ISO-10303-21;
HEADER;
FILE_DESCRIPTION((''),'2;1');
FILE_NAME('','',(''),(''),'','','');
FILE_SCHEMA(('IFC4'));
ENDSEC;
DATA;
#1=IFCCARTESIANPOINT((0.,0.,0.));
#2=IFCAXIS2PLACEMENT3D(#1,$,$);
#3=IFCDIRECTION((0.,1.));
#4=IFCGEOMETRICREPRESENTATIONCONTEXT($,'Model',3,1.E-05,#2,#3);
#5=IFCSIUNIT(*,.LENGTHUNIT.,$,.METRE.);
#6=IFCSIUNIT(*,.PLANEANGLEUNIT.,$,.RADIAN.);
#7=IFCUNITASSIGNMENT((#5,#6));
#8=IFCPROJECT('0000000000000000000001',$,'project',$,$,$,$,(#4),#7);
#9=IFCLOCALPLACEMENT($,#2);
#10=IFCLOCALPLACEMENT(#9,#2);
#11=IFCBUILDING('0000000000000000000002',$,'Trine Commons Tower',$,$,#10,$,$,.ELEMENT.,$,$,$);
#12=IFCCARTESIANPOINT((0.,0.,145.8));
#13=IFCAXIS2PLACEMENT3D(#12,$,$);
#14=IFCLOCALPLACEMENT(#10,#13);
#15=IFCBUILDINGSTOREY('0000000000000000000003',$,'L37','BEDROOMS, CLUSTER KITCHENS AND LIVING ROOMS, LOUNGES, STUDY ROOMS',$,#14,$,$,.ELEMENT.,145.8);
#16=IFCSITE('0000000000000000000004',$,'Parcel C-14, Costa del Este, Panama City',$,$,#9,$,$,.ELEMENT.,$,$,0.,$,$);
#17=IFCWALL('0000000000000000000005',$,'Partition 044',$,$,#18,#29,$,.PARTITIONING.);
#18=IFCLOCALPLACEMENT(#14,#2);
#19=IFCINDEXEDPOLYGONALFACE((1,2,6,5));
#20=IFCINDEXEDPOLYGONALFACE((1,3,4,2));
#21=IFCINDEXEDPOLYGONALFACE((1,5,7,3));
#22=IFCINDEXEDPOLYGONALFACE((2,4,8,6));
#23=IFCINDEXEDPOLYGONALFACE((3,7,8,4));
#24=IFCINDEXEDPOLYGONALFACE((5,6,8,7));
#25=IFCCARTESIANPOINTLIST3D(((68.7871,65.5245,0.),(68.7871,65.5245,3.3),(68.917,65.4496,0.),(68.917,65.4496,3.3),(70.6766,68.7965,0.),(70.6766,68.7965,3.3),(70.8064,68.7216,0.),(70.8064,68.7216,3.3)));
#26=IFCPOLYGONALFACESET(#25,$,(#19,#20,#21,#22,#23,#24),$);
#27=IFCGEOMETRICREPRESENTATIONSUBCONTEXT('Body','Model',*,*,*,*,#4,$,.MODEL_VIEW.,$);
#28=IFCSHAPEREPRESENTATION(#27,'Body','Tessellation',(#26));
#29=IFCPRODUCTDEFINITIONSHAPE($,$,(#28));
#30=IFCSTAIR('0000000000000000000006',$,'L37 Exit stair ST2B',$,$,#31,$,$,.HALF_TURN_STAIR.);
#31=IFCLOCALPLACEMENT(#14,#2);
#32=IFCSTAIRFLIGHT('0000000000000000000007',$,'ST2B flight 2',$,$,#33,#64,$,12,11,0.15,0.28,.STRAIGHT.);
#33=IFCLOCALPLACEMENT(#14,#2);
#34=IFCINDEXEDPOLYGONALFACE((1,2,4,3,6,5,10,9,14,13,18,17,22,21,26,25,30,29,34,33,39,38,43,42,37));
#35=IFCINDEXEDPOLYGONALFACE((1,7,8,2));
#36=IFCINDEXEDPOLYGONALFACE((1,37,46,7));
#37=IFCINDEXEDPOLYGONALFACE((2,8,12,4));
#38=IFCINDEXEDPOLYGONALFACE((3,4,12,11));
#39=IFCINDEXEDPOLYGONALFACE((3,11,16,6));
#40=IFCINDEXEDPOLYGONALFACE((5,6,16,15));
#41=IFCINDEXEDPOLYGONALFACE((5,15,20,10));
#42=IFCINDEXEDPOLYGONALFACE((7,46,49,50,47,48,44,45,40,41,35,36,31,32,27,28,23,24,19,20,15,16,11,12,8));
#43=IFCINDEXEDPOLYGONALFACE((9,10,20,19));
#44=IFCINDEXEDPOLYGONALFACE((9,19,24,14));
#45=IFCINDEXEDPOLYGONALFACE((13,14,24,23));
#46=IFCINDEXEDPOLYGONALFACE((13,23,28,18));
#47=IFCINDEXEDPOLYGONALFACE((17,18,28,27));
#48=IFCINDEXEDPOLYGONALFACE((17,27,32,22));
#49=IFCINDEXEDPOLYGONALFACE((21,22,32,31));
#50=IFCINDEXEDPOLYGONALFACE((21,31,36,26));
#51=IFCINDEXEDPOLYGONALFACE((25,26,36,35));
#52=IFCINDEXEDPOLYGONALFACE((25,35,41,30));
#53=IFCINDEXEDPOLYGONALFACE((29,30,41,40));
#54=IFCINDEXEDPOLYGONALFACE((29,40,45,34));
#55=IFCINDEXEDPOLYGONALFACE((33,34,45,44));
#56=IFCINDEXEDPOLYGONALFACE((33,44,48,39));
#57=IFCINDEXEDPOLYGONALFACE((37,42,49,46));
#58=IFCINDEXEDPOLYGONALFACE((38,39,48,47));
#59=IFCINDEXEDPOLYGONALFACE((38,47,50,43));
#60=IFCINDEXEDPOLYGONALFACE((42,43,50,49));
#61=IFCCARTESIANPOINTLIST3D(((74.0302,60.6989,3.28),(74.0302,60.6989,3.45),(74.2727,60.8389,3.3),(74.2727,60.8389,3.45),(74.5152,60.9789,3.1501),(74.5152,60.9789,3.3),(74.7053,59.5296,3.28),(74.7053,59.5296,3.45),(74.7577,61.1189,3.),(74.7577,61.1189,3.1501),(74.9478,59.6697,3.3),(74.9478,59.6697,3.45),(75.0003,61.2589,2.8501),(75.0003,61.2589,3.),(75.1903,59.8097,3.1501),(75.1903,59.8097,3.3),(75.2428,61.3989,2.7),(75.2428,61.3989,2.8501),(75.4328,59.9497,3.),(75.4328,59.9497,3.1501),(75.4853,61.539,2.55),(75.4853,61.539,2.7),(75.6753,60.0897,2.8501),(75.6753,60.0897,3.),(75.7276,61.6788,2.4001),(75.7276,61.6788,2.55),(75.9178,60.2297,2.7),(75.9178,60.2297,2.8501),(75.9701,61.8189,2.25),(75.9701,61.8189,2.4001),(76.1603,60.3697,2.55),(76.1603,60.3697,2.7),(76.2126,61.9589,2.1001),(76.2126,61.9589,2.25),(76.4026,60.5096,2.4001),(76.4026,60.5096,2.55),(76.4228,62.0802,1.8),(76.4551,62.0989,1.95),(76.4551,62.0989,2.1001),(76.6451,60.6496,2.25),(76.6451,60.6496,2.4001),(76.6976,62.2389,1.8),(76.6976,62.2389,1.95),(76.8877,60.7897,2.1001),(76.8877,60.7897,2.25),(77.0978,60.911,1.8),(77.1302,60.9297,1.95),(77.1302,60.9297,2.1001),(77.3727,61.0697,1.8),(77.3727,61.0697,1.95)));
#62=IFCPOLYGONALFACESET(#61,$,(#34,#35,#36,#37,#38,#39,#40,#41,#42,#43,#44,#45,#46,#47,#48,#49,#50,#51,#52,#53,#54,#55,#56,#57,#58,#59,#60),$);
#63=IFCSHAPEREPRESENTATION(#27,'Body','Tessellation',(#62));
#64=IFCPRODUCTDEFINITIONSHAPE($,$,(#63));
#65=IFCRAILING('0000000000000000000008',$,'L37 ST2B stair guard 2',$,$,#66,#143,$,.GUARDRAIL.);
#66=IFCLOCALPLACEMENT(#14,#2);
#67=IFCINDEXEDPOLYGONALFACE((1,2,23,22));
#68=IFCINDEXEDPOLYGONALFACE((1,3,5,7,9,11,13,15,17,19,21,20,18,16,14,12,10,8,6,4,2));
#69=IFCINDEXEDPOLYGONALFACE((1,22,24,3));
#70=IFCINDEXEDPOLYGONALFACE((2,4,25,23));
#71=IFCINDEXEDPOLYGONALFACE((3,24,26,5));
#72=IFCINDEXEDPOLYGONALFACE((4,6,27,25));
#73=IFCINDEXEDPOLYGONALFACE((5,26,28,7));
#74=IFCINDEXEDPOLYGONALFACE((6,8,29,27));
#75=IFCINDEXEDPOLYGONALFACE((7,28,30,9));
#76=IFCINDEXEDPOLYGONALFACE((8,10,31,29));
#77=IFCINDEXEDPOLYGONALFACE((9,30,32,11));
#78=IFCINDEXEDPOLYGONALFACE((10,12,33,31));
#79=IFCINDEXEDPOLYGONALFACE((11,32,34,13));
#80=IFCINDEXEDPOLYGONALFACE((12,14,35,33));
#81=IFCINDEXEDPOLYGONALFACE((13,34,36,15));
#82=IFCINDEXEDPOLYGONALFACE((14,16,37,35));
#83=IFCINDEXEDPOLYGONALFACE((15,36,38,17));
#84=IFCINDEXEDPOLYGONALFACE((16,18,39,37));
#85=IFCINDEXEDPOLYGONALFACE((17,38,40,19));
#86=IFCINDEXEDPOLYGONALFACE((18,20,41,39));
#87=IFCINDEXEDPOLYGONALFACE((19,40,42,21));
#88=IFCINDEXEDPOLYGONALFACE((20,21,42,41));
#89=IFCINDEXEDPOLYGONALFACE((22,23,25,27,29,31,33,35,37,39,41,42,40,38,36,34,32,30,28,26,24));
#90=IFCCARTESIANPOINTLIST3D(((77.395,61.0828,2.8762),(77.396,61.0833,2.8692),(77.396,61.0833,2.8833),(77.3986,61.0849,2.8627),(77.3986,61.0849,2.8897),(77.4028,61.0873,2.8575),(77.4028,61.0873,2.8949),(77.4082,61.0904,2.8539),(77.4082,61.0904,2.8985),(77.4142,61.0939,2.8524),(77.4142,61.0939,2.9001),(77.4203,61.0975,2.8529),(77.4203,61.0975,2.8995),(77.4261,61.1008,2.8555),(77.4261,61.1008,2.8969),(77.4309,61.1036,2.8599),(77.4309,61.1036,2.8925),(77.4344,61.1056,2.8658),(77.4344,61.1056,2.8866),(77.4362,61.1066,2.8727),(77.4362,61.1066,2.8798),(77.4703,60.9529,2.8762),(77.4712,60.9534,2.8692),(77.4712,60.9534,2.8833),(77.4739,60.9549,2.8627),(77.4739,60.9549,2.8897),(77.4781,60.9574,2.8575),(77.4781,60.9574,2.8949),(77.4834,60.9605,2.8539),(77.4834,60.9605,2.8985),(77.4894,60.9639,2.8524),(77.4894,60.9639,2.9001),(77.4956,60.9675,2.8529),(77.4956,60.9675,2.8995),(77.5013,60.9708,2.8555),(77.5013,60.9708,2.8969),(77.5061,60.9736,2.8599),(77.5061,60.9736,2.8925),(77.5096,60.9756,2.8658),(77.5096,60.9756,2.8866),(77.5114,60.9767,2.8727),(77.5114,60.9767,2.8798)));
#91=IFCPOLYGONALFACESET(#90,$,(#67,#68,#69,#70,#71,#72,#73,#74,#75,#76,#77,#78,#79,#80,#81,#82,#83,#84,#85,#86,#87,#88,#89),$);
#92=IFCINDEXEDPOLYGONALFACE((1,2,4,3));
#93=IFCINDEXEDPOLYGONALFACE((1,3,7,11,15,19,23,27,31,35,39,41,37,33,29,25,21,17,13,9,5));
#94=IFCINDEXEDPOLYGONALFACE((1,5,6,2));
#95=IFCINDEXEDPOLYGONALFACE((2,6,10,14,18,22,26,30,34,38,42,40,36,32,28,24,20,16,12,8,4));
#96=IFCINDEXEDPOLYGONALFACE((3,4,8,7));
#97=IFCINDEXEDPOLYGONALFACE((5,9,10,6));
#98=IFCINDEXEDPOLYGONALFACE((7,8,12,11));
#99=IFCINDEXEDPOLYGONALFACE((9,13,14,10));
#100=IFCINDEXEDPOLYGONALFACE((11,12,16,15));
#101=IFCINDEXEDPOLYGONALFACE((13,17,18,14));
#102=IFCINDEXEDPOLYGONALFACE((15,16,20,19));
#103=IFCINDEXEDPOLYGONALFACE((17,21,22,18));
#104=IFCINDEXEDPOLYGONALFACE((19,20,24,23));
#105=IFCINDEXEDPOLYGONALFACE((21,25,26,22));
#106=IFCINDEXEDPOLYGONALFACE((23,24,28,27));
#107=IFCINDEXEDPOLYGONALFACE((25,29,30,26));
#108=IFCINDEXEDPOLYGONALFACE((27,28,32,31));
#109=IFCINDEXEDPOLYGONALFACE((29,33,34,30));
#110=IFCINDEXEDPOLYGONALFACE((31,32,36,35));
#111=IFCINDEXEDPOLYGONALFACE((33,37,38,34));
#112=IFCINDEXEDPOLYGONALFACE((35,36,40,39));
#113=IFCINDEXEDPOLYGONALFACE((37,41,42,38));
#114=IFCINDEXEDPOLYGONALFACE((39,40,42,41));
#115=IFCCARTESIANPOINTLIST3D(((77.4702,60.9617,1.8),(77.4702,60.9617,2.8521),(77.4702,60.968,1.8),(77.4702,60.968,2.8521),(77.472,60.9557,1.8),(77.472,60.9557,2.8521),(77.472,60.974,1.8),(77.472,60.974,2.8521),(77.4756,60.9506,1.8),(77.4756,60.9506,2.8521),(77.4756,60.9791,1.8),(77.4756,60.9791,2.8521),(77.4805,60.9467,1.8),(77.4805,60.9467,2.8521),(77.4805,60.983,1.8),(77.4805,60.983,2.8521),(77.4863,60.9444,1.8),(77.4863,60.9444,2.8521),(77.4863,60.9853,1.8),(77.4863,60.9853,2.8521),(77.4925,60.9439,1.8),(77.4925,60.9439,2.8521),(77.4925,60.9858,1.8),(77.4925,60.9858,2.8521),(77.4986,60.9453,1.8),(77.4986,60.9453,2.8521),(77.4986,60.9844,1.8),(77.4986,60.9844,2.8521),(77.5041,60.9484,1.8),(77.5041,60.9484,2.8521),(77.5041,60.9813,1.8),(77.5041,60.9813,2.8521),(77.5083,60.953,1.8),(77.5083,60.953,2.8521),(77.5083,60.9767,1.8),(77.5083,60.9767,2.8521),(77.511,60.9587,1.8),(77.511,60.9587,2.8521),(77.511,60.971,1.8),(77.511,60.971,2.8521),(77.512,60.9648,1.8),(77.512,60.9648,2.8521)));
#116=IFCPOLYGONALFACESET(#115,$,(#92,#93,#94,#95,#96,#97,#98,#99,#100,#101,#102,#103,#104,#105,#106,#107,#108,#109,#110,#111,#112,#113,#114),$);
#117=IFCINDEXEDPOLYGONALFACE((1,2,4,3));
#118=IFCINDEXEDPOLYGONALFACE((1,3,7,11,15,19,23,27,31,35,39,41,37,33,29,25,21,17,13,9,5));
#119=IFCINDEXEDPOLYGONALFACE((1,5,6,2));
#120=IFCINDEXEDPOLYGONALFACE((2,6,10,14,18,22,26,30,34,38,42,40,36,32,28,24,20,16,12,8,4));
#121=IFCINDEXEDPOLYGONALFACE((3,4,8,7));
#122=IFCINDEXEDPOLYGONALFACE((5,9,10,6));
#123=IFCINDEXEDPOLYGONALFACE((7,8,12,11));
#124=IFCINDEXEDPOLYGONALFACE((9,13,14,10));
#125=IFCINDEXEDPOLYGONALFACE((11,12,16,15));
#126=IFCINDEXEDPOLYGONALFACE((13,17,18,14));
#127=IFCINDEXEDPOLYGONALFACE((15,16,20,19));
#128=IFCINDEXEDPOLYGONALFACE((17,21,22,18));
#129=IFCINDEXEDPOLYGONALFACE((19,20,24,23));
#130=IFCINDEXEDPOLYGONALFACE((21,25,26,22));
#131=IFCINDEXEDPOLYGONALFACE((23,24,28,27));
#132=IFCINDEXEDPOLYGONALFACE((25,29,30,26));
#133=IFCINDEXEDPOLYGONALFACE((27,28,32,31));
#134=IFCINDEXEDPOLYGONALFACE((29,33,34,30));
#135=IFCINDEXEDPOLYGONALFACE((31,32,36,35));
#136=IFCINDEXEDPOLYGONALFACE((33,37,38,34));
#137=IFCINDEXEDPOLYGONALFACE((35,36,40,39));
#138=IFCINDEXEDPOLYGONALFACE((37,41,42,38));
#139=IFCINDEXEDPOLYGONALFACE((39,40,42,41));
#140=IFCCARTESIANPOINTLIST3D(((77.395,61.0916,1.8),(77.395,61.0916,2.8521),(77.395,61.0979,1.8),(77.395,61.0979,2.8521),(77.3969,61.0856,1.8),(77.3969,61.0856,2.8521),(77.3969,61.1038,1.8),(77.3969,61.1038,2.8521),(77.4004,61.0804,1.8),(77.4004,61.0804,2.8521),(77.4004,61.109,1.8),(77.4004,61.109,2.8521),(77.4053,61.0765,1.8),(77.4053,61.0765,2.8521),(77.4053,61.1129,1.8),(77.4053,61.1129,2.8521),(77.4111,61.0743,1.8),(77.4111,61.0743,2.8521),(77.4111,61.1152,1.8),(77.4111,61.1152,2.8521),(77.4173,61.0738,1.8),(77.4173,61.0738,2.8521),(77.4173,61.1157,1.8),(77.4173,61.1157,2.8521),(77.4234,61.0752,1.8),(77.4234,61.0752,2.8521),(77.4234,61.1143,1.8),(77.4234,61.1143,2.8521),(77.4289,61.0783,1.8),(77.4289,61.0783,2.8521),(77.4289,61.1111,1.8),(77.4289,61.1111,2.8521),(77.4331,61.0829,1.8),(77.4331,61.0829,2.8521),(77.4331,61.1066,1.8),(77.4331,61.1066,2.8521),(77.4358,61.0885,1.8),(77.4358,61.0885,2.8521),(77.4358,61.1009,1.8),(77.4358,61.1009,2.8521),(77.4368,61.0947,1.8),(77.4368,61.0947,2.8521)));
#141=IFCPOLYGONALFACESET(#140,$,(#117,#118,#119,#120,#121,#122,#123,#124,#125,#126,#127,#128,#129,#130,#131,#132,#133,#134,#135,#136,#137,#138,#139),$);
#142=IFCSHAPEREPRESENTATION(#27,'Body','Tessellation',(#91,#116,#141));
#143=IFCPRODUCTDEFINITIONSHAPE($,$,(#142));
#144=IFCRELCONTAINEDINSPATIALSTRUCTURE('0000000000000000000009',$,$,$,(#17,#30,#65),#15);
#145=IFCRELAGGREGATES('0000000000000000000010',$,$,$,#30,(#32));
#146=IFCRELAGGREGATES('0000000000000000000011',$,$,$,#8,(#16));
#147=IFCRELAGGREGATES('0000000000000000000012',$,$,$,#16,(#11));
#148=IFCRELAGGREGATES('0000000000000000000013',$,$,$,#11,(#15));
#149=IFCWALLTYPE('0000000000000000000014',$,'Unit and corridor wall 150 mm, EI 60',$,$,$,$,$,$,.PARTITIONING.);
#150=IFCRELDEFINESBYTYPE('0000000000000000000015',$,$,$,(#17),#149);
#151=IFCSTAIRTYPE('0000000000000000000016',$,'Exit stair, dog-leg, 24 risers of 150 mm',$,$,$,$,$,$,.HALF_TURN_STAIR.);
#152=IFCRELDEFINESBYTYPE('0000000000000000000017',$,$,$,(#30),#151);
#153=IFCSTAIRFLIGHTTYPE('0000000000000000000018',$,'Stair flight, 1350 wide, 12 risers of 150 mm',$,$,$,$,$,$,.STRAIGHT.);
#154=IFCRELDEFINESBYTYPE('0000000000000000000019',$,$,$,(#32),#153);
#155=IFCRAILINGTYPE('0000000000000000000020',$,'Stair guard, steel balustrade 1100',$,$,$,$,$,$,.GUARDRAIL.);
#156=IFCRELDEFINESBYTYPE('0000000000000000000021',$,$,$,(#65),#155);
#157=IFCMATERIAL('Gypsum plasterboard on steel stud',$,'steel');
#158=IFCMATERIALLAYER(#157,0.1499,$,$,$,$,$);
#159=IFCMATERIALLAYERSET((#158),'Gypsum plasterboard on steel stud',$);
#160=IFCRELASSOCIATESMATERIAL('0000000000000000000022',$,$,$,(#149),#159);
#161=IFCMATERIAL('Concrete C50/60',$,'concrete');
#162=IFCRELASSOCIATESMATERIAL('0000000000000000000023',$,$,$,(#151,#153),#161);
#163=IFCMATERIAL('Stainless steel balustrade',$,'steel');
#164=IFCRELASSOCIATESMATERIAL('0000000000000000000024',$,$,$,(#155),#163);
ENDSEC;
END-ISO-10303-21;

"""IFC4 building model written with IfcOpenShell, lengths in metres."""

from ifc_helpers import new_model, si_unit, direction, frame, frame_2d, origin, origin_2d, place, context, subcontext, project, spatial, polyline, rectangle, circle, outline, extrude, material, layer, layer_set, type_object, element, aggregate, save


model = new_model("IFC4")

# Units and contexts
model_context = context("Model", 3, precision=1e-05, world=origin(), true_north=direction((0.0, 1.0)))
body_context = subcontext(model_context, "Body", "Model", "MODEL_VIEW")
ifc_project = project(units=[si_unit("LENGTHUNIT", "METRE"), si_unit("PLANEANGLEUNIT", "RADIAN")], contexts=[model_context])

# Site, building, storey
site_placement = place(None, origin())
site = spatial("IfcSite", under=ifc_project, at=site_placement, Name="Parcel C-14, Costa del Este, Panama City", CompositionType="ELEMENT", RefElevation=0.0)
building_placement = place(site_placement, origin())
building = spatial("IfcBuilding", under=site, at=building_placement, Name="Trine Commons Tower", CompositionType="ELEMENT")
storey_placement = place(building_placement, frame((0.0, 0.0, 145.8)))
storey = spatial("IfcBuildingStorey", under=building, at=storey_placement, Name="L37", Description="BEDROOMS, CLUSTER KITCHENS AND LIVING ROOMS, LOUNGES, STUDY ROOMS", CompositionType="ELEMENT", Elevation=145.8)

# Shared definitions
ifc_material_1 = material(Name="Concrete C50/60", Category="concrete")

# Shared definitions
ifc_material_2 = material(Name="Gypsum plasterboard on steel stud", Category="steel")
ifc_layer_1 = layer(ifc_material_2, 0.1499)
ifc_layer_set_1 = layer_set([ifc_layer_1], Name="Gypsum plasterboard on steel stud")
wall_type_1 = type_object("IfcWallType", Name="Unit and corridor wall 150 mm, EI 60", PredefinedType="PARTITIONING", material=ifc_layer_set_1)

# Wall
wall_1_placement = place(storey_placement, frame((68.8521, 65.4871, 0.0), z_axis=(0.0, 0.0, 1.0), x_axis=(0.500066, 0.865988, 0.0)))
element("IfcWall", 1, at=wall_1_placement, inside=storey, type_object=wall_type_1, Name="Partition 044", PredefinedType="PARTITIONING", context=body_context, shape_type="SweptSolid", body=[
    extrude(rectangle(XDim=3.7783, YDim=0.1499, at=frame_2d((1.8892, 0.0))), origin(), (0.0, 0.0, 1.0), 3.3),
])

# Stair, stair flight
stair_type = type_object("IfcStairType", Name="Exit stair, dog-leg, 24 risers of 150 mm", PredefinedType="HALF_TURN_STAIR", material=ifc_material_1)
stair_placement = place(storey_placement, origin())
stair = element("IfcStair", 2, at=stair_placement, inside=storey, type_object=stair_type, Name="L37 Exit stair ST2B", PredefinedType="HALF_TURN_STAIR")
stair_flight_type = type_object("IfcStairFlightType", Name="Stair flight, 1350 wide, 12 risers of 150 mm", PredefinedType="STRAIGHT", material=ifc_material_1)
stair_flight_placement = place(storey_placement, frame((77.0352, 61.6543, 1.8), z_axis=(0.0, 0.0, 1.0), x_axis=(-0.866025, -0.5, 0.0)))
stair_flight = element("IfcStairFlight", 3, at=stair_flight_placement, type_object=stair_flight_type, Name="ST2B flight 2", NumberOfRisers=12, NumberOfTreads=11, PredefinedType="STRAIGHT", RiserHeight=0.15, TreadLength=0.28, context=body_context, shape_type="SweptSolid", body=[
    extrude(outline(polyline([(0.0, 0.0), (0.0, 0.1499), (0.28, 0.1499), (0.28, 0.3), (0.5601, 0.3), (0.5601, 0.45), (0.8401, 0.45), (0.8401, 0.6001), (1.1201, 0.6001), (1.1201, 0.75), (1.3999, 0.75), (1.3999, 0.8999), (1.6799, 0.8999), (1.6799, 1.05), (1.96, 1.05), (1.96, 1.2), (2.24, 1.2), (2.24, 1.3501), (2.52, 1.3501), (2.52, 1.5), (2.8, 1.5), (2.8, 1.6499), (3.0801, 1.6499), (3.0801, 1.8), (3.0801, 1.48), (0.3174, 0.0), (0.0, 0.0)])), frame((0.0, 0.675, 0.0), z_axis=(0.0, -1.0, 0.0), x_axis=(1.0, 0.0, 0.0)), (0.0, 0.0, 1.0), 1.3501),
])
aggregate(stair, [stair_flight])

# Railing
ifc_material_3 = material(Name="Stainless steel balustrade", Category="steel")
railing_type_1 = type_object("IfcRailingType", Name="Stair guard, steel balustrade 1100", PredefinedType="GUARDRAIL", material=ifc_material_3)
railing_1_placement = place(storey_placement, frame((77.491, 60.9648, 1.8)))
element("IfcRailing", 4, at=railing_1_placement, inside=storey, type_object=railing_type_1, Name="L37 ST2B stair guard 2", PredefinedType="GUARDRAIL", context=body_context, shape_type="SweptSolid", body=[
    extrude(circle(Radius=0.0239, at=origin_2d()), frame((0.0, 0.0, 1.0762), z_axis=(-0.501036, 0.865426, 0.0), x_axis=(-0.865426, -0.501036, 0.0)), (0.0, 0.0, 1.0), 0.1501),
    extrude(circle(Radius=0.021, at=origin_2d()), origin(), (0.0, 0.0, 1.0), 1.052),
    extrude(circle(Radius=0.021, at=origin_2d()), frame((-0.0752, 0.1299, 0.0)), (0.0, 0.0, 1.0), 1.052),
])

save(model, "model.ifc")
